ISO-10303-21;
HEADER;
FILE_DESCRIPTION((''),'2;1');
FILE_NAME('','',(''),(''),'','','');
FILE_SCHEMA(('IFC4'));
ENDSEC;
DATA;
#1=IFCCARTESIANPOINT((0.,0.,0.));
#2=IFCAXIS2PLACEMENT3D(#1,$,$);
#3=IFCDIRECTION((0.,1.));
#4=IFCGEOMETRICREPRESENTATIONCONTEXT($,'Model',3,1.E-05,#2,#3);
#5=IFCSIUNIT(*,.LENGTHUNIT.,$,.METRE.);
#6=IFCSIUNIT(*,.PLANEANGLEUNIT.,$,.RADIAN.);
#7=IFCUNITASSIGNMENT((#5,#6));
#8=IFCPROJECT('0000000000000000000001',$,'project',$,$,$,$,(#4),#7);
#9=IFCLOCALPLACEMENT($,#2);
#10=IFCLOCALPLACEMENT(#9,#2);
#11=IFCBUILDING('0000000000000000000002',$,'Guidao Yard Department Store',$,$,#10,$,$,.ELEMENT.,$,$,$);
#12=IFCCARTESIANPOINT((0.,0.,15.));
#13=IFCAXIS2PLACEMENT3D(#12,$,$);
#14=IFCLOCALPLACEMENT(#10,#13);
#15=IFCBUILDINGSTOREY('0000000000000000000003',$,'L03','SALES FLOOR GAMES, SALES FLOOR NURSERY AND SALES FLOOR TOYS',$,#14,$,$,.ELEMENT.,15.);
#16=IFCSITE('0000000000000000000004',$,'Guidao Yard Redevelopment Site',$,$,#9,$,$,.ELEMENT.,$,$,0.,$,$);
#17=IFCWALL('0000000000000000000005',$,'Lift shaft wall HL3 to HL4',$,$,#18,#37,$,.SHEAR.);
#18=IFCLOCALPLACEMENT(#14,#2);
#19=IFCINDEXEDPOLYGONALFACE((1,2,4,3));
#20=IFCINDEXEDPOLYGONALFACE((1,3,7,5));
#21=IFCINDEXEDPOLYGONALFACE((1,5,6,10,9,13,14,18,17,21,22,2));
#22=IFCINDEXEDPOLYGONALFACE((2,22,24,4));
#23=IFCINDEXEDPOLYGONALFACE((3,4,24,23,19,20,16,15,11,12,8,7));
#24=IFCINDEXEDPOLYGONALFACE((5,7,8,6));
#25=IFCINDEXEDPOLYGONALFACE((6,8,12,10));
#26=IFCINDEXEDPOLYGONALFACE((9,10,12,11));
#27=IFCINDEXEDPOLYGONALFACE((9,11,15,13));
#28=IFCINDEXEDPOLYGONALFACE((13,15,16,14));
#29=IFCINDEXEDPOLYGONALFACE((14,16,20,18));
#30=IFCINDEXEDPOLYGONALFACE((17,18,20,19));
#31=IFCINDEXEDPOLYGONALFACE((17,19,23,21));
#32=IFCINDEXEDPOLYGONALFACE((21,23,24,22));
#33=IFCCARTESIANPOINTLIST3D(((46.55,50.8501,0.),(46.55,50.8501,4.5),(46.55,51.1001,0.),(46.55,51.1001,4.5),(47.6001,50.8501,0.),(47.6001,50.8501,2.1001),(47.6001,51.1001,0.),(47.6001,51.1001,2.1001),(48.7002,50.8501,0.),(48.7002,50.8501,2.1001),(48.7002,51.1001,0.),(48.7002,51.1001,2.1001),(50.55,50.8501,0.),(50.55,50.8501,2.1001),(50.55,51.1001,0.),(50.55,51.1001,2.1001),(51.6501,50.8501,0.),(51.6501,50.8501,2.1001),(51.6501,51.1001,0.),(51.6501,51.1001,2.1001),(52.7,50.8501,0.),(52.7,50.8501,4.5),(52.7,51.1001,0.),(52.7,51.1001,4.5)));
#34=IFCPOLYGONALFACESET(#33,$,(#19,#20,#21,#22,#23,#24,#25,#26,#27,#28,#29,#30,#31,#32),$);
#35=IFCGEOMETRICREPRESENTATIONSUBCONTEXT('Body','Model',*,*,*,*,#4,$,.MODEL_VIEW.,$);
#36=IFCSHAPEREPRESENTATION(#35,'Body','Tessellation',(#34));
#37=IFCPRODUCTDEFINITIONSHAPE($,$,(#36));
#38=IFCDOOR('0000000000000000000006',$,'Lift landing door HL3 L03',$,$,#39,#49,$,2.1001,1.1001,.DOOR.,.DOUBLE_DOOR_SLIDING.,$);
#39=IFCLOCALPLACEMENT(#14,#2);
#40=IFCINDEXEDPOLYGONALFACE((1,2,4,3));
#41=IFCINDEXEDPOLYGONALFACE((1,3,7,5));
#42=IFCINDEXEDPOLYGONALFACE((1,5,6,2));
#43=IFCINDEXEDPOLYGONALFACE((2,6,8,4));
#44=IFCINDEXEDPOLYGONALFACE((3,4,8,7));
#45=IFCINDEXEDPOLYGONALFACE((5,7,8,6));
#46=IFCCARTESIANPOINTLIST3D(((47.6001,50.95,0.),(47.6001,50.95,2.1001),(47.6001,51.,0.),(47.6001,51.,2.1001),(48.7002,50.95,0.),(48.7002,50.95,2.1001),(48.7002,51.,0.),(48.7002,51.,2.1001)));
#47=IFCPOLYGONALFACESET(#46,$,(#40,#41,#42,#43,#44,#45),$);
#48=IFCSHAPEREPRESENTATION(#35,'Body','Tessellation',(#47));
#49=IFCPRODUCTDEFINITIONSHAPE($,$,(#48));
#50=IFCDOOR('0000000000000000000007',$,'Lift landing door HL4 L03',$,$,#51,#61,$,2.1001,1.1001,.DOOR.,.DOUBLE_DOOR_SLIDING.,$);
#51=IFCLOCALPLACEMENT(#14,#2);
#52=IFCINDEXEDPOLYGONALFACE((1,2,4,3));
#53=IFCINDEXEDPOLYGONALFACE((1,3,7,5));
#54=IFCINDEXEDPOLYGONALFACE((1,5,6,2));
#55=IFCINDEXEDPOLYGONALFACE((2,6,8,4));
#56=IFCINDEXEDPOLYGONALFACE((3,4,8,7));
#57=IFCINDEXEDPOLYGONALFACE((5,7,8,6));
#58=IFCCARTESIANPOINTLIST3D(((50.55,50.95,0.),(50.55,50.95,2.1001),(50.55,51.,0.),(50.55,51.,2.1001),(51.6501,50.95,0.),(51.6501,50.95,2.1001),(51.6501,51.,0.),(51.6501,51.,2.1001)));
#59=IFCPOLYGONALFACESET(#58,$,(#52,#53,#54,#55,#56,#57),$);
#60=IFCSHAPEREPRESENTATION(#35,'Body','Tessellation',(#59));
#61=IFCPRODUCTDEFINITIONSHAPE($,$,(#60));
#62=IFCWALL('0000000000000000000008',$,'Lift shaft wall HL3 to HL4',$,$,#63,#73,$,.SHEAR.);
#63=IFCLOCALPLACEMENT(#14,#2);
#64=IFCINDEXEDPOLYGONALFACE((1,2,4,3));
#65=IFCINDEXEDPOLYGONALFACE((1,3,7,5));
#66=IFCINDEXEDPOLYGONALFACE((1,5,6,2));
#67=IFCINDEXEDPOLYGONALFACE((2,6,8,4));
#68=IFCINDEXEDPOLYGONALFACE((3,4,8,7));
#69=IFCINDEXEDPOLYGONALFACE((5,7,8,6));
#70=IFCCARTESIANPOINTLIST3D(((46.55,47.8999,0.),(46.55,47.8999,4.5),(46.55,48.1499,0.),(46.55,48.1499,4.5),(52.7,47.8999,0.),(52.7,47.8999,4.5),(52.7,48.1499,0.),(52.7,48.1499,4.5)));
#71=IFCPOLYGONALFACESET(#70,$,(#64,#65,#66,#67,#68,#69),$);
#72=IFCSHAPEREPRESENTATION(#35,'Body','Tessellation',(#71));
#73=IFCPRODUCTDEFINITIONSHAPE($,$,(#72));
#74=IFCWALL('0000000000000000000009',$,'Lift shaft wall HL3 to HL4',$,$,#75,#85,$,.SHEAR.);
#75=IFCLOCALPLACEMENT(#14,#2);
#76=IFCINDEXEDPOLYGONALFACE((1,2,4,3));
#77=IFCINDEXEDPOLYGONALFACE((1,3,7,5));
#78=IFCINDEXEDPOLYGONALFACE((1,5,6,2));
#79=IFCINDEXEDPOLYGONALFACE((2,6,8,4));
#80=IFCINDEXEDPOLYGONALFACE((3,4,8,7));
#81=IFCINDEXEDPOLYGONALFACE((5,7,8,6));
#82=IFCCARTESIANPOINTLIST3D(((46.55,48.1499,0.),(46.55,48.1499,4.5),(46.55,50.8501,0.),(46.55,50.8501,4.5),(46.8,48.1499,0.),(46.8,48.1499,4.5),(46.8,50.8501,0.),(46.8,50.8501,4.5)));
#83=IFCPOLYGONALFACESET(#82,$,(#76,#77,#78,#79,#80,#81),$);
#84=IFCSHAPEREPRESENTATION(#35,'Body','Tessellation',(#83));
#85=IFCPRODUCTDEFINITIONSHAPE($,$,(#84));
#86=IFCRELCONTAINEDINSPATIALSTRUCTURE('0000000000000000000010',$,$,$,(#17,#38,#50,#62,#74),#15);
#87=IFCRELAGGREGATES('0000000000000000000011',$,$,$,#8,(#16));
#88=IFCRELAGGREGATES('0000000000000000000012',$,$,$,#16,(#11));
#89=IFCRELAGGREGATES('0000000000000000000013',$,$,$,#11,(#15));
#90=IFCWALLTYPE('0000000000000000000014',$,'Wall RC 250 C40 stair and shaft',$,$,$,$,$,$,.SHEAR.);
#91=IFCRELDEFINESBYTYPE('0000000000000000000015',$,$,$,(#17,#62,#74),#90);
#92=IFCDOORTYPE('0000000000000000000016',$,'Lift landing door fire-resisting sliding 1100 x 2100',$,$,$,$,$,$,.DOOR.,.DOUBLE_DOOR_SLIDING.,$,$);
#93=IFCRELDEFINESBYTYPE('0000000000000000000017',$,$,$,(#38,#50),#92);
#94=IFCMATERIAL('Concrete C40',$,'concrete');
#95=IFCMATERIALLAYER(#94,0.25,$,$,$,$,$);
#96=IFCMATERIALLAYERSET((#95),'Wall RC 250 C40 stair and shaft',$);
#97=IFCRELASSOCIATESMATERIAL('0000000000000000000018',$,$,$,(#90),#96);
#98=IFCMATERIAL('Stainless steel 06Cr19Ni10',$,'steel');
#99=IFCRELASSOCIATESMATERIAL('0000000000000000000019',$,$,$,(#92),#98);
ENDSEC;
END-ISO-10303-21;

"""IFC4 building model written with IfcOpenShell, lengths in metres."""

from ifc_helpers import new_model, si_unit, direction, frame, frame_2d, origin, place, context, subcontext, project, spatial, rectangle, extrude, material, layer, layer_set, type_object, element, fill, save


model = new_model("IFC4")

# Units and contexts
model_context = context("Model", 3, precision=1e-05, world=origin(), true_north=direction((0.0, 1.0)))
body_context = subcontext(model_context, "Body", "Model", "MODEL_VIEW")
ifc_project = project(units=[si_unit("LENGTHUNIT", "METRE"), si_unit("PLANEANGLEUNIT", "RADIAN")], contexts=[model_context])

# Site, building, storey
site_placement = place(None, origin())
site = spatial("IfcSite", under=ifc_project, at=site_placement, Name="Guidao Yard Redevelopment Site", CompositionType="ELEMENT", RefElevation=0.0)
building_placement = place(site_placement, origin())
building = spatial("IfcBuilding", under=site, at=building_placement, Name="Guidao Yard Department Store", CompositionType="ELEMENT")
storey_placement = place(building_placement, frame((0.0, 0.0, 15.0)))
storey = spatial("IfcBuildingStorey", under=building, at=storey_placement, Name="L03", Description="SALES FLOOR GAMES, SALES FLOOR NURSERY AND SALES FLOOR TOYS", CompositionType="ELEMENT", Elevation=15.0)

# Wall, openings, doors
ifc_material_1 = material(Name="Concrete C40", Category="concrete")
ifc_layer_1 = layer(ifc_material_1, 0.25)
ifc_layer_set_1 = layer_set([ifc_layer_1], Name="Wall RC 250 C40 stair and shaft")
wall_type_1 = type_object("IfcWallType", Name="Wall RC 250 C40 stair and shaft", PredefinedType="SHEAR", material=ifc_layer_set_1)
wall_1_placement = place(storey_placement, frame((46.55, 50.9751, 0.0), z_axis=(0.0, 0.0, 1.0), x_axis=(1.0, 0.0, 0.0)))
wall_1 = element("IfcWall", 1, at=wall_1_placement, inside=storey, type_object=wall_type_1, Name="Lift shaft wall HL3 to HL4", PredefinedType="SHEAR", context=body_context, shape_type="SweptSolid", body=[
    extrude(rectangle(XDim=6.1499, YDim=0.25, at=frame_2d((3.075, 0.0))), origin(), (0.0, 0.0, 1.0), 4.5),
])
opening_1_placement = place(wall_1_placement, frame((1.05, 0.0, 0.0)))
opening_1 = element("IfcOpeningElement", 2, at=opening_1_placement, cuts=wall_1, PredefinedType="OPENING", context=body_context, shape_type="SweptSolid", body=[
    extrude(rectangle(XDim=1.1001, YDim=2.1001, at=frame_2d((0.55, 1.05))), frame((0.0, 0.135, 0.0), z_axis=(0.0, -1.0, 0.0), x_axis=(1.0, 0.0, 0.0)), (0.0, 0.0, 1.0), 0.27),
])
opening_2_placement = place(wall_1_placement, frame((4.0, 0.0, 0.0)))
opening_2 = element("IfcOpeningElement", 3, at=opening_2_placement, cuts=wall_1, PredefinedType="OPENING", context=body_context, shape_type="SweptSolid", body=[
    extrude(rectangle(XDim=1.1001, YDim=2.1001, at=frame_2d((0.55, 1.05))), frame((0.0, 0.135, 0.0), z_axis=(0.0, -1.0, 0.0), x_axis=(1.0, 0.0, 0.0)), (0.0, 0.0, 1.0), 0.27),
])
ifc_material_2 = material(Name="Stainless steel 06Cr19Ni10", Category="steel")
door_type = type_object("IfcDoorType", Name="Lift landing door fire-resisting sliding 1100 x 2100", OperationType="DOUBLE_DOOR_SLIDING", PredefinedType="DOOR", material=ifc_material_2)
door_1_placement = place(opening_1_placement, origin())
door_1 = element("IfcDoor", 4, at=door_1_placement, inside=storey, type_object=door_type, Name="Lift landing door HL3 L03", OperationType="DOUBLE_DOOR_SLIDING", OverallHeight=2.1001, OverallWidth=1.1001, PredefinedType="DOOR", context=body_context, shape_type="SweptSolid", body=[
    extrude(rectangle(XDim=1.1001, YDim=2.1001, at=frame_2d((0.55, 1.05))), frame((0.0, 0.0249, 0.0), z_axis=(0.0, -1.0, 0.0), x_axis=(1.0, 0.0, 0.0)), (0.0, 0.0, 1.0), 0.05),
])
fill(opening_1, door_1)
door_2_placement = place(opening_2_placement, origin())
door_2 = element("IfcDoor", 5, at=door_2_placement, inside=storey, type_object=door_type, Name="Lift landing door HL4 L03", OperationType="DOUBLE_DOOR_SLIDING", OverallHeight=2.1001, OverallWidth=1.1001, PredefinedType="DOOR", context=body_context, shape_type="SweptSolid", body=[
    extrude(rectangle(XDim=1.1001, YDim=2.1001, at=frame_2d((0.55, 1.05))), frame((0.0, 0.0249, 0.0), z_axis=(0.0, -1.0, 0.0), x_axis=(1.0, 0.0, 0.0)), (0.0, 0.0, 1.0), 0.05),
])
fill(opening_2, door_2)

# Walls
wall_2_placement = place(storey_placement, frame((46.55, 48.0249, 0.0), z_axis=(0.0, 0.0, 1.0), x_axis=(1.0, 0.0, 0.0)))
element("IfcWall", 6, at=wall_2_placement, inside=storey, type_object=wall_type_1, Name="Lift shaft wall HL3 to HL4", PredefinedType="SHEAR", context=body_context, shape_type="SweptSolid", body=[
    extrude(rectangle(XDim=6.1499, YDim=0.25, at=frame_2d((3.075, 0.0))), origin(), (0.0, 0.0, 1.0), 4.5),
])
wall_3_placement = place(storey_placement, frame((46.675, 48.1499, 0.0), z_axis=(0.0, 0.0, 1.0), x_axis=(0.0, 1.0, 0.0)))
element("IfcWall", 7, at=wall_3_placement, inside=storey, type_object=wall_type_1, Name="Lift shaft wall HL3 to HL4", PredefinedType="SHEAR", context=body_context, shape_type="SweptSolid", body=[
    extrude(rectangle(XDim=2.7002, YDim=0.25, at=frame_2d((1.3501, 0.0))), origin(), (0.0, 0.0, 1.0), 4.5),
])

save(model, "model.ifc")
